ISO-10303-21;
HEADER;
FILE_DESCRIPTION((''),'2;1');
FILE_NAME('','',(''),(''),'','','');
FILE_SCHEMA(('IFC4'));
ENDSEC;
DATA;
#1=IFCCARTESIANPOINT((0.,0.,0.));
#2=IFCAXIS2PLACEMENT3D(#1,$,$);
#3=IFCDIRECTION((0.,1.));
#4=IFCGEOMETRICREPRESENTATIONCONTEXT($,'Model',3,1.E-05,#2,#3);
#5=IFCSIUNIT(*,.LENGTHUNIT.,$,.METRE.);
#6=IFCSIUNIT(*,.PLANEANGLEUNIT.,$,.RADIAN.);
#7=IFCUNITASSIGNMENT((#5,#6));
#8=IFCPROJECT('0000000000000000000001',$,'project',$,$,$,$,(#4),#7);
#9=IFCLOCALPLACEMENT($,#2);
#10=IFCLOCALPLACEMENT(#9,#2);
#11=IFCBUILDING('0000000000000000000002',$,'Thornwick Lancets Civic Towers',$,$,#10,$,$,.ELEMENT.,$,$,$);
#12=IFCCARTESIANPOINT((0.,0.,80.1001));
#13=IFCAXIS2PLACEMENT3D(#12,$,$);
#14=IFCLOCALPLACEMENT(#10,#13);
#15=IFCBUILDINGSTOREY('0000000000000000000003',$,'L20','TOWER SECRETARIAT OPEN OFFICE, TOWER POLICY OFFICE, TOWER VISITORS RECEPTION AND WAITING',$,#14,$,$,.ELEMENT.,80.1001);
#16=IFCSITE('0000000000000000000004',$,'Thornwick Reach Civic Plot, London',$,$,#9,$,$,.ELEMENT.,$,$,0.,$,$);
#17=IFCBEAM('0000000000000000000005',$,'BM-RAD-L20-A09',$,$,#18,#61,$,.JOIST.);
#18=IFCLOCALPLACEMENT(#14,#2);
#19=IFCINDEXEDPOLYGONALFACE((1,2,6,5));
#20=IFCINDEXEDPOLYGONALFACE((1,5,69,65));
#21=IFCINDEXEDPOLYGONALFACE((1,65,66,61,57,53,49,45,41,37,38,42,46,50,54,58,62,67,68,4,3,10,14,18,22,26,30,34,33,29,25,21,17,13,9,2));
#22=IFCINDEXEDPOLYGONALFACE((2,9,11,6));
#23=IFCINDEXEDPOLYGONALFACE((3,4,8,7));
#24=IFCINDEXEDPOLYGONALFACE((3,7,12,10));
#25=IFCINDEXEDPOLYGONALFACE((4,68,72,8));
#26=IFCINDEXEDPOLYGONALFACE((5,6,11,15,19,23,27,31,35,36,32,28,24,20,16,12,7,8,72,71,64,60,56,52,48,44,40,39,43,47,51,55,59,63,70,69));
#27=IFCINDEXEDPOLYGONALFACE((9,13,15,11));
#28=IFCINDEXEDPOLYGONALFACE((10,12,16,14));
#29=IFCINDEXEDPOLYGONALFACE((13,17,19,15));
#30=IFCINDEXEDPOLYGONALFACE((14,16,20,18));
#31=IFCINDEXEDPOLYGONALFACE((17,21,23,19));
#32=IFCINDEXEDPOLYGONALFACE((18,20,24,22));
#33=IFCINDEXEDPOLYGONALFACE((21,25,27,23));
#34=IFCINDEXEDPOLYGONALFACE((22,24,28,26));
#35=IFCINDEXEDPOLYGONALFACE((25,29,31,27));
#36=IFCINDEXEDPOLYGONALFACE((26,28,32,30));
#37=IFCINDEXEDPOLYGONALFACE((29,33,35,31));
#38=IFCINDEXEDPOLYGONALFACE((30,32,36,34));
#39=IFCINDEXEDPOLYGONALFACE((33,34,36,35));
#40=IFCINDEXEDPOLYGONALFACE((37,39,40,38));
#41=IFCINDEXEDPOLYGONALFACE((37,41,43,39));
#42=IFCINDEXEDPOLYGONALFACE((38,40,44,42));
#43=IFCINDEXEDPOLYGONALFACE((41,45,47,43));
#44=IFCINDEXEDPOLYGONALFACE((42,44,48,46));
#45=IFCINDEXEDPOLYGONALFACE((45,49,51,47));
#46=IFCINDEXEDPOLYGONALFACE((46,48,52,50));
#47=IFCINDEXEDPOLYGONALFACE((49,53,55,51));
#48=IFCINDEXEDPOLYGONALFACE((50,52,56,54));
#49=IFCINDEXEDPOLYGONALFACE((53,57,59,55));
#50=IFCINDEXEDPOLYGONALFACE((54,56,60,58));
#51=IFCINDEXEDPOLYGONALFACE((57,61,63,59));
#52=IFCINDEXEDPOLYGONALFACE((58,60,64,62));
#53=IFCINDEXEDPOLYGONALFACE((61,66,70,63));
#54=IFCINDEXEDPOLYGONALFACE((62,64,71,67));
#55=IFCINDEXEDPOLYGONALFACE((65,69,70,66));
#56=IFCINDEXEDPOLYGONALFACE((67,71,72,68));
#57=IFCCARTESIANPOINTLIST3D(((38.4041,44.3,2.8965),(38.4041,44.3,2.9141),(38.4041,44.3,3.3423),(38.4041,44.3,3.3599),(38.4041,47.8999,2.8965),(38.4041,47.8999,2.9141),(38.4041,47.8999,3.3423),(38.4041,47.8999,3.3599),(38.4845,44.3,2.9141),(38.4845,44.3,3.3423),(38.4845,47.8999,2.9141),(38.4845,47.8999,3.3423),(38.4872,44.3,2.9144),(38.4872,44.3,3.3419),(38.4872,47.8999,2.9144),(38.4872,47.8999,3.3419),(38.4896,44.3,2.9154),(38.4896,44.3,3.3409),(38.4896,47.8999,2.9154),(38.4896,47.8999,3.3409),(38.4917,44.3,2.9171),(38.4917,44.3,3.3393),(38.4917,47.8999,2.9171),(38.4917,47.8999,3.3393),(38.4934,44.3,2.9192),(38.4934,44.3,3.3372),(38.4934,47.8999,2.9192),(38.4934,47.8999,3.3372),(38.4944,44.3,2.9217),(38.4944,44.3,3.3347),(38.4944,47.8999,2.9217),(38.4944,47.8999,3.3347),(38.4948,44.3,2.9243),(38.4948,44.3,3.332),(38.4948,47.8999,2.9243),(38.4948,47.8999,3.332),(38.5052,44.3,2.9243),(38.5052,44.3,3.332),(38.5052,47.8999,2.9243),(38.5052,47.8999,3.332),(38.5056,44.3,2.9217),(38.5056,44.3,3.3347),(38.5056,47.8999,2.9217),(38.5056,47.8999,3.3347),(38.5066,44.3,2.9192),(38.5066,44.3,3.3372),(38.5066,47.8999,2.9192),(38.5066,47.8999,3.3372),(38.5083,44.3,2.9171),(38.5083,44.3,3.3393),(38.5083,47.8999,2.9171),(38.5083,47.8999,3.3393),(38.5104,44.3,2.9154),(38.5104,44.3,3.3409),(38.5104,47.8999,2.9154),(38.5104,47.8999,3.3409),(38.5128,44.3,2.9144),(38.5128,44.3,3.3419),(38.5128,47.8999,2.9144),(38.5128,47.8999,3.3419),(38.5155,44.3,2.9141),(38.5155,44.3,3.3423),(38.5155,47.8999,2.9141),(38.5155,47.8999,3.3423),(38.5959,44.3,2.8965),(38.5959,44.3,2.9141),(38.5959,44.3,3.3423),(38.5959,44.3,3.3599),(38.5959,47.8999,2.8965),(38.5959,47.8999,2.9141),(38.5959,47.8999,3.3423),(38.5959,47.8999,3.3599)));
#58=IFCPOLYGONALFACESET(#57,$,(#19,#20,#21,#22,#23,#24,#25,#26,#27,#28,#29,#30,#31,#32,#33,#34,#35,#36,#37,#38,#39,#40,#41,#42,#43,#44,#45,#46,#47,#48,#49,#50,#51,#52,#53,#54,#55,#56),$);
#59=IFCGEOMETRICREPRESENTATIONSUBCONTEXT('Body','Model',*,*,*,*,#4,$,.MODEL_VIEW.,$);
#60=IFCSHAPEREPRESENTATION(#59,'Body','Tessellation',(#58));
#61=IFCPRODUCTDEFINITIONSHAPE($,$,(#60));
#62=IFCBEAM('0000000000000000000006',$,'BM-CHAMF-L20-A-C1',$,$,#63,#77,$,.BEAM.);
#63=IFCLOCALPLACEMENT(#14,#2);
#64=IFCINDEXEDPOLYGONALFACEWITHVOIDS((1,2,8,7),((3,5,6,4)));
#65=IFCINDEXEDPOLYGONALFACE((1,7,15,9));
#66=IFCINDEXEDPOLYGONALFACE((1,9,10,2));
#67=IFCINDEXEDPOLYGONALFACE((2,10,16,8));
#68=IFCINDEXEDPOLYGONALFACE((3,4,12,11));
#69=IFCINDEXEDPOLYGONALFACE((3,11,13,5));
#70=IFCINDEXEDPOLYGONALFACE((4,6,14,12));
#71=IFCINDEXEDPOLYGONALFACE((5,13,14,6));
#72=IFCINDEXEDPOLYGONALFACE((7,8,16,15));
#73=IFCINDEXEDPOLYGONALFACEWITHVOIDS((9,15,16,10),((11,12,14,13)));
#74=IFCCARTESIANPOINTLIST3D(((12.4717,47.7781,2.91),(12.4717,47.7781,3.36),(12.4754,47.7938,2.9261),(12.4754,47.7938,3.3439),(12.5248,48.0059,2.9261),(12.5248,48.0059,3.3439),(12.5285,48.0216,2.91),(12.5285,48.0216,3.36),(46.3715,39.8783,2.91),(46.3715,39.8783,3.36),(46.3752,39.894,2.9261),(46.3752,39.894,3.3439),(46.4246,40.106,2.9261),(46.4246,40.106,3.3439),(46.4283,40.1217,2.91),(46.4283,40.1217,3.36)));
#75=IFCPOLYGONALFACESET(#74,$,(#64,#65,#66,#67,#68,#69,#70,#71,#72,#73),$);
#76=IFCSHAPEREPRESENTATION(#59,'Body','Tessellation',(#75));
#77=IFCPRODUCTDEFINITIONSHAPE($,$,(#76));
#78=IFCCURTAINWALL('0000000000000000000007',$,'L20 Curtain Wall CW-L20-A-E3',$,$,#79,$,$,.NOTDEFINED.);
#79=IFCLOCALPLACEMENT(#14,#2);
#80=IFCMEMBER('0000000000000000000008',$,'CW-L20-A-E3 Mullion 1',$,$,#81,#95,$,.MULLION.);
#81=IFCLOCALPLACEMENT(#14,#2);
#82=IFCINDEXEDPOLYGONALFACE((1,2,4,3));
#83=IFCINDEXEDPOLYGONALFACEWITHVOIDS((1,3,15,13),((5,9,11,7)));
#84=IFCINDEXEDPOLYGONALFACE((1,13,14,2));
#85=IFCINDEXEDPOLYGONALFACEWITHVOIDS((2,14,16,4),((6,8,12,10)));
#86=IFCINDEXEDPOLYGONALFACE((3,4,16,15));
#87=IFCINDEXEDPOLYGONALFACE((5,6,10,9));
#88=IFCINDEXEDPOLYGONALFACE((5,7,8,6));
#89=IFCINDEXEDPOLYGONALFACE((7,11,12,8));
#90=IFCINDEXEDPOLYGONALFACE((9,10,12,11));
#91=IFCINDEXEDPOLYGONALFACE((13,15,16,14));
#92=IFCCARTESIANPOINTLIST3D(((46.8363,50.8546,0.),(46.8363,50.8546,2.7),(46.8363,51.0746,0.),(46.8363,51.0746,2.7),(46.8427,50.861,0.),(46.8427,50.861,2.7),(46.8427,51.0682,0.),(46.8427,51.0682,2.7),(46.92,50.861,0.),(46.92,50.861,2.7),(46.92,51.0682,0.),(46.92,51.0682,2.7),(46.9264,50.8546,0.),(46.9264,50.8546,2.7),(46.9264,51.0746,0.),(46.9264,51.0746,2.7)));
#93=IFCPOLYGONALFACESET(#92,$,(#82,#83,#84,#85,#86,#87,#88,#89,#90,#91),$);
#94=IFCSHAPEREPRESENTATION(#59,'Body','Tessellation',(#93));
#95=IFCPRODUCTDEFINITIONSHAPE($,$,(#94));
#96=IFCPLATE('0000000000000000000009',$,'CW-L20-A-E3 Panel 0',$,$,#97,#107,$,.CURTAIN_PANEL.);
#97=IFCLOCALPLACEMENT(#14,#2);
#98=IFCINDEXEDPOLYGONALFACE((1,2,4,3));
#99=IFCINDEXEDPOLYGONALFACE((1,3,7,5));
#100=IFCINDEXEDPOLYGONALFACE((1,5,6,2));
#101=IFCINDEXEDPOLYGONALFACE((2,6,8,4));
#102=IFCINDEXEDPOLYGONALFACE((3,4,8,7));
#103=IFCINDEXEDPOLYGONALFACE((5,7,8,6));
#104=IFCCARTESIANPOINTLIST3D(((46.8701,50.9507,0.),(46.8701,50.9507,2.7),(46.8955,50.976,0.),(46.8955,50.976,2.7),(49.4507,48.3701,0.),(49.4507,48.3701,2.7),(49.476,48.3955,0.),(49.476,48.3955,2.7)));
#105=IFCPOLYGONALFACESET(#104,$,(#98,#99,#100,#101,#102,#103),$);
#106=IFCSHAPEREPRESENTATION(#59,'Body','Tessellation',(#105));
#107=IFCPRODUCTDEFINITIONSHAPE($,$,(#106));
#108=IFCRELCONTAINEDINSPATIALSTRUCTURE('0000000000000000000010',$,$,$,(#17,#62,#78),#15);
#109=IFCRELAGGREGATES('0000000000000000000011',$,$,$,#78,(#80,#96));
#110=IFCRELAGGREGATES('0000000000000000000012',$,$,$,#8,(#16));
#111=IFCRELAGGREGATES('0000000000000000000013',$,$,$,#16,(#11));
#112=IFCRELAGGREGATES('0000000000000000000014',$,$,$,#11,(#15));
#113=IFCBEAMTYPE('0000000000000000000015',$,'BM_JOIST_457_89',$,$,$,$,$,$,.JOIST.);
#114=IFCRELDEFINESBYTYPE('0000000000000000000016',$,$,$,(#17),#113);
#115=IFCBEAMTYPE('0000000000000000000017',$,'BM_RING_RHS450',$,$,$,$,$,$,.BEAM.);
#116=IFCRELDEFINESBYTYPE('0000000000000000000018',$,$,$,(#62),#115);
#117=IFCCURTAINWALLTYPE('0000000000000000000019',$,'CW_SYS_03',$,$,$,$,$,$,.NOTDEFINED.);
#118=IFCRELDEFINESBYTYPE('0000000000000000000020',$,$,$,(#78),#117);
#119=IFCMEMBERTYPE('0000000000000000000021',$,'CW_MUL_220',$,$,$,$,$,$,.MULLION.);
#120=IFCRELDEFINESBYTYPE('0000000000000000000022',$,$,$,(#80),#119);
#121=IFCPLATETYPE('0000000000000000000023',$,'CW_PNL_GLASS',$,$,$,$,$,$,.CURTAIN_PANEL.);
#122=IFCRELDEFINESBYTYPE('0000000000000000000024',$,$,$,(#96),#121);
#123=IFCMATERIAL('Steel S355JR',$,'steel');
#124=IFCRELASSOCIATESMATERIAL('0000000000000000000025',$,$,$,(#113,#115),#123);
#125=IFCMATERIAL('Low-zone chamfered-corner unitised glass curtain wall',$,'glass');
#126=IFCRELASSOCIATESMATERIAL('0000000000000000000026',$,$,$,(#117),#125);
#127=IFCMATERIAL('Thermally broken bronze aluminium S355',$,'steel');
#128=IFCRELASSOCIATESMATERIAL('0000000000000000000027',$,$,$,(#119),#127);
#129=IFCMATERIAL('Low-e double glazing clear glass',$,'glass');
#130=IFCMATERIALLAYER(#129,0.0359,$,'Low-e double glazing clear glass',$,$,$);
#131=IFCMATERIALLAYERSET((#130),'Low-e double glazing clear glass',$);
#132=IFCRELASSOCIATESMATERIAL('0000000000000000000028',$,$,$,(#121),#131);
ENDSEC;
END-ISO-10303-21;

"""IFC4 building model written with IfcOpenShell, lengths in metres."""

from ifc_helpers import new_model, si_unit, direction, frame, origin, origin_2d, place, context, subcontext, project, spatial, rectangle, hollow_rectangle, i_section, extrude, material, layer, layer_set, material_profile, profile_set, type_object, element, aggregate, save


model = new_model("IFC4")

# Units and contexts
model_context = context("Model", 3, precision=1e-05, world=origin(), true_north=direction((0.0, 1.0)))
body_context = subcontext(model_context, "Body", "Model", "MODEL_VIEW")
ifc_project = project(units=[si_unit("LENGTHUNIT", "METRE"), si_unit("PLANEANGLEUNIT", "RADIAN")], contexts=[model_context])

# Site, building, storey
site_placement = place(None, origin())
site = spatial("IfcSite", under=ifc_project, at=site_placement, Name="Thornwick Reach Civic Plot, London", CompositionType="ELEMENT", RefElevation=0.0)
building_placement = place(site_placement, origin())
building = spatial("IfcBuilding", under=site, at=building_placement, Name="Thornwick Lancets Civic Towers", CompositionType="ELEMENT")
storey_placement = place(building_placement, frame((0.0, 0.0, 80.1001)))
storey = spatial("IfcBuildingStorey", under=building, at=storey_placement, Name="L20", Description="TOWER SECRETARIAT OPEN OFFICE, TOWER POLICY OFFICE, TOWER VISITORS RECEPTION AND WAITING", CompositionType="ELEMENT", Elevation=80.1001)

# Beams
ifc_material_1 = material(Name="Steel S355JR", Category="steel")
ifc_material_profile_1 = material_profile(ifc_material_1, i_section(OverallWidth=0.1919, OverallDepth=0.4634, WebThickness=0.0105, FlangeThickness=0.0176, FilletRadius=0.0103, at=origin_2d()), Name="UKB 457x191x89")
ifc_profile_set_1 = profile_set([ifc_material_profile_1], Name="Steel S355JR")
beam_type_1 = type_object("IfcBeamType", Name="BM_JOIST_457_89", PredefinedType="JOIST", material=ifc_profile_set_1)
for number, where, z_axis, x_axis, name in (
    (1, (38.5, 44.3, 3.1282), (0.0, 1.0, 0.0), (-1.0, 0.0, 0.0), "BM-RAD-L20-A09"),
):
    element("IfcBeam", number, at=place(storey_placement, frame(where, z_axis=z_axis, x_axis=x_axis)), inside=storey, type_object=beam_type_1, Name=name, PredefinedType="JOIST", context=body_context, shape_type="SweptSolid", body=[
        extrude(i_section(OverallWidth=0.1919, OverallDepth=0.4634, WebThickness=0.0105, FlangeThickness=0.0176, FilletRadius=0.0103, at=origin_2d()), origin(), (0.0, 0.0, 1.0), 3.5999),
    ])
ifc_material_profile_2 = material_profile(ifc_material_1, hollow_rectangle(XDim=0.25, YDim=0.45, WallThickness=0.0161, at=origin_2d()), Name="RHS 450x250x16")
ifc_profile_set_2 = profile_set([ifc_material_profile_2], Name="Steel S355JR")
beam_type_2 = type_object("IfcBeamType", Name="BM_RING_RHS450", PredefinedType="BEAM", material=ifc_profile_set_2)
beam_placement = place(storey_placement, frame((46.3999, 40.0, 3.135), z_axis=(-0.973905, 0.226955, 0.0), x_axis=(-0.226955, -0.973905, 0.0)))
element("IfcBeam", 2, at=beam_placement, inside=storey, type_object=beam_type_2, Name="BM-CHAMF-L20-A-C1", PredefinedType="BEAM", context=body_context, shape_type="SweptSolid", body=[
    extrude(hollow_rectangle(XDim=0.25, YDim=0.45, WallThickness=0.0161, at=origin_2d()), origin(), (0.0, 0.0, 1.0), 34.8081),
])

# Curtain wall, member, plate
ifc_material_2 = material(Name="Low-zone chamfered-corner unitised glass curtain wall", Category="glass")
curtain_wall_type = type_object("IfcCurtainWallType", Name="CW_SYS_03", PredefinedType="NOTDEFINED", material=ifc_material_2)
curtain_wall_placement = place(storey_placement, origin())
curtain_wall = element("IfcCurtainWall", 3, at=curtain_wall_placement, inside=storey, type_object=curtain_wall_type, Name="L20 Curtain Wall CW-L20-A-E3", PredefinedType="NOTDEFINED")
ifc_material_3 = material(Name="Thermally broken bronze aluminium S355", Category="steel")
ifc_material_profile_3 = material_profile(ifc_material_3, hollow_rectangle(XDim=0.0901, YDim=0.22, WallThickness=0.0063, at=origin_2d()), Name="RHS 220x90x6.3")
ifc_profile_set_3 = profile_set([ifc_material_profile_3], Name="Thermally broken bronze aluminium S355")
member_type = type_object("IfcMemberType", Name="CW_MUL_220", PredefinedType="MULLION", material=ifc_profile_set_3)
member_placement = place(storey_placement, frame((46.8813, 50.9646, 0.0), z_axis=(0.0, 0.0, 1.0), x_axis=(1.0, 0.0, 0.0)))
member = element("IfcMember", 4, at=member_placement, type_object=member_type, Name="CW-L20-A-E3 Mullion 1", PredefinedType="MULLION", context=body_context, shape_type="SweptSolid", body=[
    extrude(hollow_rectangle(XDim=0.0901, YDim=0.22, WallThickness=0.0063, at=origin_2d()), origin(), (0.0, 0.0, 1.0), 2.7),
])
ifc_material_4 = material(Name="Low-e double glazing clear glass", Category="glass")
ifc_layer_1 = layer(ifc_material_4, 0.0359, Name="Low-e double glazing clear glass")
ifc_layer_set_1 = layer_set([ifc_layer_1], Name="Low-e double glazing clear glass")
plate_type = type_object("IfcPlateType", Name="CW_PNL_GLASS", PredefinedType="CURTAIN_PANEL", material=ifc_layer_set_1)
plate_placement = place(storey_placement, frame((48.1731, 49.6731, 0.0), z_axis=(0.0, 0.0, 1.0), x_axis=(-0.707107, 0.707107, 0.0)))
plate = element("IfcPlate", 5, at=plate_placement, type_object=plate_type, Name="CW-L20-A-E3 Panel 0", PredefinedType="CURTAIN_PANEL", context=body_context, shape_type="SweptSolid", body=[
    extrude(rectangle(XDim=3.6494, YDim=0.0359, at=origin_2d()), origin(), (0.0, 0.0, 1.0), 2.7),
])
aggregate(curtain_wall, [member, plate])

save(model, "model.ifc")
